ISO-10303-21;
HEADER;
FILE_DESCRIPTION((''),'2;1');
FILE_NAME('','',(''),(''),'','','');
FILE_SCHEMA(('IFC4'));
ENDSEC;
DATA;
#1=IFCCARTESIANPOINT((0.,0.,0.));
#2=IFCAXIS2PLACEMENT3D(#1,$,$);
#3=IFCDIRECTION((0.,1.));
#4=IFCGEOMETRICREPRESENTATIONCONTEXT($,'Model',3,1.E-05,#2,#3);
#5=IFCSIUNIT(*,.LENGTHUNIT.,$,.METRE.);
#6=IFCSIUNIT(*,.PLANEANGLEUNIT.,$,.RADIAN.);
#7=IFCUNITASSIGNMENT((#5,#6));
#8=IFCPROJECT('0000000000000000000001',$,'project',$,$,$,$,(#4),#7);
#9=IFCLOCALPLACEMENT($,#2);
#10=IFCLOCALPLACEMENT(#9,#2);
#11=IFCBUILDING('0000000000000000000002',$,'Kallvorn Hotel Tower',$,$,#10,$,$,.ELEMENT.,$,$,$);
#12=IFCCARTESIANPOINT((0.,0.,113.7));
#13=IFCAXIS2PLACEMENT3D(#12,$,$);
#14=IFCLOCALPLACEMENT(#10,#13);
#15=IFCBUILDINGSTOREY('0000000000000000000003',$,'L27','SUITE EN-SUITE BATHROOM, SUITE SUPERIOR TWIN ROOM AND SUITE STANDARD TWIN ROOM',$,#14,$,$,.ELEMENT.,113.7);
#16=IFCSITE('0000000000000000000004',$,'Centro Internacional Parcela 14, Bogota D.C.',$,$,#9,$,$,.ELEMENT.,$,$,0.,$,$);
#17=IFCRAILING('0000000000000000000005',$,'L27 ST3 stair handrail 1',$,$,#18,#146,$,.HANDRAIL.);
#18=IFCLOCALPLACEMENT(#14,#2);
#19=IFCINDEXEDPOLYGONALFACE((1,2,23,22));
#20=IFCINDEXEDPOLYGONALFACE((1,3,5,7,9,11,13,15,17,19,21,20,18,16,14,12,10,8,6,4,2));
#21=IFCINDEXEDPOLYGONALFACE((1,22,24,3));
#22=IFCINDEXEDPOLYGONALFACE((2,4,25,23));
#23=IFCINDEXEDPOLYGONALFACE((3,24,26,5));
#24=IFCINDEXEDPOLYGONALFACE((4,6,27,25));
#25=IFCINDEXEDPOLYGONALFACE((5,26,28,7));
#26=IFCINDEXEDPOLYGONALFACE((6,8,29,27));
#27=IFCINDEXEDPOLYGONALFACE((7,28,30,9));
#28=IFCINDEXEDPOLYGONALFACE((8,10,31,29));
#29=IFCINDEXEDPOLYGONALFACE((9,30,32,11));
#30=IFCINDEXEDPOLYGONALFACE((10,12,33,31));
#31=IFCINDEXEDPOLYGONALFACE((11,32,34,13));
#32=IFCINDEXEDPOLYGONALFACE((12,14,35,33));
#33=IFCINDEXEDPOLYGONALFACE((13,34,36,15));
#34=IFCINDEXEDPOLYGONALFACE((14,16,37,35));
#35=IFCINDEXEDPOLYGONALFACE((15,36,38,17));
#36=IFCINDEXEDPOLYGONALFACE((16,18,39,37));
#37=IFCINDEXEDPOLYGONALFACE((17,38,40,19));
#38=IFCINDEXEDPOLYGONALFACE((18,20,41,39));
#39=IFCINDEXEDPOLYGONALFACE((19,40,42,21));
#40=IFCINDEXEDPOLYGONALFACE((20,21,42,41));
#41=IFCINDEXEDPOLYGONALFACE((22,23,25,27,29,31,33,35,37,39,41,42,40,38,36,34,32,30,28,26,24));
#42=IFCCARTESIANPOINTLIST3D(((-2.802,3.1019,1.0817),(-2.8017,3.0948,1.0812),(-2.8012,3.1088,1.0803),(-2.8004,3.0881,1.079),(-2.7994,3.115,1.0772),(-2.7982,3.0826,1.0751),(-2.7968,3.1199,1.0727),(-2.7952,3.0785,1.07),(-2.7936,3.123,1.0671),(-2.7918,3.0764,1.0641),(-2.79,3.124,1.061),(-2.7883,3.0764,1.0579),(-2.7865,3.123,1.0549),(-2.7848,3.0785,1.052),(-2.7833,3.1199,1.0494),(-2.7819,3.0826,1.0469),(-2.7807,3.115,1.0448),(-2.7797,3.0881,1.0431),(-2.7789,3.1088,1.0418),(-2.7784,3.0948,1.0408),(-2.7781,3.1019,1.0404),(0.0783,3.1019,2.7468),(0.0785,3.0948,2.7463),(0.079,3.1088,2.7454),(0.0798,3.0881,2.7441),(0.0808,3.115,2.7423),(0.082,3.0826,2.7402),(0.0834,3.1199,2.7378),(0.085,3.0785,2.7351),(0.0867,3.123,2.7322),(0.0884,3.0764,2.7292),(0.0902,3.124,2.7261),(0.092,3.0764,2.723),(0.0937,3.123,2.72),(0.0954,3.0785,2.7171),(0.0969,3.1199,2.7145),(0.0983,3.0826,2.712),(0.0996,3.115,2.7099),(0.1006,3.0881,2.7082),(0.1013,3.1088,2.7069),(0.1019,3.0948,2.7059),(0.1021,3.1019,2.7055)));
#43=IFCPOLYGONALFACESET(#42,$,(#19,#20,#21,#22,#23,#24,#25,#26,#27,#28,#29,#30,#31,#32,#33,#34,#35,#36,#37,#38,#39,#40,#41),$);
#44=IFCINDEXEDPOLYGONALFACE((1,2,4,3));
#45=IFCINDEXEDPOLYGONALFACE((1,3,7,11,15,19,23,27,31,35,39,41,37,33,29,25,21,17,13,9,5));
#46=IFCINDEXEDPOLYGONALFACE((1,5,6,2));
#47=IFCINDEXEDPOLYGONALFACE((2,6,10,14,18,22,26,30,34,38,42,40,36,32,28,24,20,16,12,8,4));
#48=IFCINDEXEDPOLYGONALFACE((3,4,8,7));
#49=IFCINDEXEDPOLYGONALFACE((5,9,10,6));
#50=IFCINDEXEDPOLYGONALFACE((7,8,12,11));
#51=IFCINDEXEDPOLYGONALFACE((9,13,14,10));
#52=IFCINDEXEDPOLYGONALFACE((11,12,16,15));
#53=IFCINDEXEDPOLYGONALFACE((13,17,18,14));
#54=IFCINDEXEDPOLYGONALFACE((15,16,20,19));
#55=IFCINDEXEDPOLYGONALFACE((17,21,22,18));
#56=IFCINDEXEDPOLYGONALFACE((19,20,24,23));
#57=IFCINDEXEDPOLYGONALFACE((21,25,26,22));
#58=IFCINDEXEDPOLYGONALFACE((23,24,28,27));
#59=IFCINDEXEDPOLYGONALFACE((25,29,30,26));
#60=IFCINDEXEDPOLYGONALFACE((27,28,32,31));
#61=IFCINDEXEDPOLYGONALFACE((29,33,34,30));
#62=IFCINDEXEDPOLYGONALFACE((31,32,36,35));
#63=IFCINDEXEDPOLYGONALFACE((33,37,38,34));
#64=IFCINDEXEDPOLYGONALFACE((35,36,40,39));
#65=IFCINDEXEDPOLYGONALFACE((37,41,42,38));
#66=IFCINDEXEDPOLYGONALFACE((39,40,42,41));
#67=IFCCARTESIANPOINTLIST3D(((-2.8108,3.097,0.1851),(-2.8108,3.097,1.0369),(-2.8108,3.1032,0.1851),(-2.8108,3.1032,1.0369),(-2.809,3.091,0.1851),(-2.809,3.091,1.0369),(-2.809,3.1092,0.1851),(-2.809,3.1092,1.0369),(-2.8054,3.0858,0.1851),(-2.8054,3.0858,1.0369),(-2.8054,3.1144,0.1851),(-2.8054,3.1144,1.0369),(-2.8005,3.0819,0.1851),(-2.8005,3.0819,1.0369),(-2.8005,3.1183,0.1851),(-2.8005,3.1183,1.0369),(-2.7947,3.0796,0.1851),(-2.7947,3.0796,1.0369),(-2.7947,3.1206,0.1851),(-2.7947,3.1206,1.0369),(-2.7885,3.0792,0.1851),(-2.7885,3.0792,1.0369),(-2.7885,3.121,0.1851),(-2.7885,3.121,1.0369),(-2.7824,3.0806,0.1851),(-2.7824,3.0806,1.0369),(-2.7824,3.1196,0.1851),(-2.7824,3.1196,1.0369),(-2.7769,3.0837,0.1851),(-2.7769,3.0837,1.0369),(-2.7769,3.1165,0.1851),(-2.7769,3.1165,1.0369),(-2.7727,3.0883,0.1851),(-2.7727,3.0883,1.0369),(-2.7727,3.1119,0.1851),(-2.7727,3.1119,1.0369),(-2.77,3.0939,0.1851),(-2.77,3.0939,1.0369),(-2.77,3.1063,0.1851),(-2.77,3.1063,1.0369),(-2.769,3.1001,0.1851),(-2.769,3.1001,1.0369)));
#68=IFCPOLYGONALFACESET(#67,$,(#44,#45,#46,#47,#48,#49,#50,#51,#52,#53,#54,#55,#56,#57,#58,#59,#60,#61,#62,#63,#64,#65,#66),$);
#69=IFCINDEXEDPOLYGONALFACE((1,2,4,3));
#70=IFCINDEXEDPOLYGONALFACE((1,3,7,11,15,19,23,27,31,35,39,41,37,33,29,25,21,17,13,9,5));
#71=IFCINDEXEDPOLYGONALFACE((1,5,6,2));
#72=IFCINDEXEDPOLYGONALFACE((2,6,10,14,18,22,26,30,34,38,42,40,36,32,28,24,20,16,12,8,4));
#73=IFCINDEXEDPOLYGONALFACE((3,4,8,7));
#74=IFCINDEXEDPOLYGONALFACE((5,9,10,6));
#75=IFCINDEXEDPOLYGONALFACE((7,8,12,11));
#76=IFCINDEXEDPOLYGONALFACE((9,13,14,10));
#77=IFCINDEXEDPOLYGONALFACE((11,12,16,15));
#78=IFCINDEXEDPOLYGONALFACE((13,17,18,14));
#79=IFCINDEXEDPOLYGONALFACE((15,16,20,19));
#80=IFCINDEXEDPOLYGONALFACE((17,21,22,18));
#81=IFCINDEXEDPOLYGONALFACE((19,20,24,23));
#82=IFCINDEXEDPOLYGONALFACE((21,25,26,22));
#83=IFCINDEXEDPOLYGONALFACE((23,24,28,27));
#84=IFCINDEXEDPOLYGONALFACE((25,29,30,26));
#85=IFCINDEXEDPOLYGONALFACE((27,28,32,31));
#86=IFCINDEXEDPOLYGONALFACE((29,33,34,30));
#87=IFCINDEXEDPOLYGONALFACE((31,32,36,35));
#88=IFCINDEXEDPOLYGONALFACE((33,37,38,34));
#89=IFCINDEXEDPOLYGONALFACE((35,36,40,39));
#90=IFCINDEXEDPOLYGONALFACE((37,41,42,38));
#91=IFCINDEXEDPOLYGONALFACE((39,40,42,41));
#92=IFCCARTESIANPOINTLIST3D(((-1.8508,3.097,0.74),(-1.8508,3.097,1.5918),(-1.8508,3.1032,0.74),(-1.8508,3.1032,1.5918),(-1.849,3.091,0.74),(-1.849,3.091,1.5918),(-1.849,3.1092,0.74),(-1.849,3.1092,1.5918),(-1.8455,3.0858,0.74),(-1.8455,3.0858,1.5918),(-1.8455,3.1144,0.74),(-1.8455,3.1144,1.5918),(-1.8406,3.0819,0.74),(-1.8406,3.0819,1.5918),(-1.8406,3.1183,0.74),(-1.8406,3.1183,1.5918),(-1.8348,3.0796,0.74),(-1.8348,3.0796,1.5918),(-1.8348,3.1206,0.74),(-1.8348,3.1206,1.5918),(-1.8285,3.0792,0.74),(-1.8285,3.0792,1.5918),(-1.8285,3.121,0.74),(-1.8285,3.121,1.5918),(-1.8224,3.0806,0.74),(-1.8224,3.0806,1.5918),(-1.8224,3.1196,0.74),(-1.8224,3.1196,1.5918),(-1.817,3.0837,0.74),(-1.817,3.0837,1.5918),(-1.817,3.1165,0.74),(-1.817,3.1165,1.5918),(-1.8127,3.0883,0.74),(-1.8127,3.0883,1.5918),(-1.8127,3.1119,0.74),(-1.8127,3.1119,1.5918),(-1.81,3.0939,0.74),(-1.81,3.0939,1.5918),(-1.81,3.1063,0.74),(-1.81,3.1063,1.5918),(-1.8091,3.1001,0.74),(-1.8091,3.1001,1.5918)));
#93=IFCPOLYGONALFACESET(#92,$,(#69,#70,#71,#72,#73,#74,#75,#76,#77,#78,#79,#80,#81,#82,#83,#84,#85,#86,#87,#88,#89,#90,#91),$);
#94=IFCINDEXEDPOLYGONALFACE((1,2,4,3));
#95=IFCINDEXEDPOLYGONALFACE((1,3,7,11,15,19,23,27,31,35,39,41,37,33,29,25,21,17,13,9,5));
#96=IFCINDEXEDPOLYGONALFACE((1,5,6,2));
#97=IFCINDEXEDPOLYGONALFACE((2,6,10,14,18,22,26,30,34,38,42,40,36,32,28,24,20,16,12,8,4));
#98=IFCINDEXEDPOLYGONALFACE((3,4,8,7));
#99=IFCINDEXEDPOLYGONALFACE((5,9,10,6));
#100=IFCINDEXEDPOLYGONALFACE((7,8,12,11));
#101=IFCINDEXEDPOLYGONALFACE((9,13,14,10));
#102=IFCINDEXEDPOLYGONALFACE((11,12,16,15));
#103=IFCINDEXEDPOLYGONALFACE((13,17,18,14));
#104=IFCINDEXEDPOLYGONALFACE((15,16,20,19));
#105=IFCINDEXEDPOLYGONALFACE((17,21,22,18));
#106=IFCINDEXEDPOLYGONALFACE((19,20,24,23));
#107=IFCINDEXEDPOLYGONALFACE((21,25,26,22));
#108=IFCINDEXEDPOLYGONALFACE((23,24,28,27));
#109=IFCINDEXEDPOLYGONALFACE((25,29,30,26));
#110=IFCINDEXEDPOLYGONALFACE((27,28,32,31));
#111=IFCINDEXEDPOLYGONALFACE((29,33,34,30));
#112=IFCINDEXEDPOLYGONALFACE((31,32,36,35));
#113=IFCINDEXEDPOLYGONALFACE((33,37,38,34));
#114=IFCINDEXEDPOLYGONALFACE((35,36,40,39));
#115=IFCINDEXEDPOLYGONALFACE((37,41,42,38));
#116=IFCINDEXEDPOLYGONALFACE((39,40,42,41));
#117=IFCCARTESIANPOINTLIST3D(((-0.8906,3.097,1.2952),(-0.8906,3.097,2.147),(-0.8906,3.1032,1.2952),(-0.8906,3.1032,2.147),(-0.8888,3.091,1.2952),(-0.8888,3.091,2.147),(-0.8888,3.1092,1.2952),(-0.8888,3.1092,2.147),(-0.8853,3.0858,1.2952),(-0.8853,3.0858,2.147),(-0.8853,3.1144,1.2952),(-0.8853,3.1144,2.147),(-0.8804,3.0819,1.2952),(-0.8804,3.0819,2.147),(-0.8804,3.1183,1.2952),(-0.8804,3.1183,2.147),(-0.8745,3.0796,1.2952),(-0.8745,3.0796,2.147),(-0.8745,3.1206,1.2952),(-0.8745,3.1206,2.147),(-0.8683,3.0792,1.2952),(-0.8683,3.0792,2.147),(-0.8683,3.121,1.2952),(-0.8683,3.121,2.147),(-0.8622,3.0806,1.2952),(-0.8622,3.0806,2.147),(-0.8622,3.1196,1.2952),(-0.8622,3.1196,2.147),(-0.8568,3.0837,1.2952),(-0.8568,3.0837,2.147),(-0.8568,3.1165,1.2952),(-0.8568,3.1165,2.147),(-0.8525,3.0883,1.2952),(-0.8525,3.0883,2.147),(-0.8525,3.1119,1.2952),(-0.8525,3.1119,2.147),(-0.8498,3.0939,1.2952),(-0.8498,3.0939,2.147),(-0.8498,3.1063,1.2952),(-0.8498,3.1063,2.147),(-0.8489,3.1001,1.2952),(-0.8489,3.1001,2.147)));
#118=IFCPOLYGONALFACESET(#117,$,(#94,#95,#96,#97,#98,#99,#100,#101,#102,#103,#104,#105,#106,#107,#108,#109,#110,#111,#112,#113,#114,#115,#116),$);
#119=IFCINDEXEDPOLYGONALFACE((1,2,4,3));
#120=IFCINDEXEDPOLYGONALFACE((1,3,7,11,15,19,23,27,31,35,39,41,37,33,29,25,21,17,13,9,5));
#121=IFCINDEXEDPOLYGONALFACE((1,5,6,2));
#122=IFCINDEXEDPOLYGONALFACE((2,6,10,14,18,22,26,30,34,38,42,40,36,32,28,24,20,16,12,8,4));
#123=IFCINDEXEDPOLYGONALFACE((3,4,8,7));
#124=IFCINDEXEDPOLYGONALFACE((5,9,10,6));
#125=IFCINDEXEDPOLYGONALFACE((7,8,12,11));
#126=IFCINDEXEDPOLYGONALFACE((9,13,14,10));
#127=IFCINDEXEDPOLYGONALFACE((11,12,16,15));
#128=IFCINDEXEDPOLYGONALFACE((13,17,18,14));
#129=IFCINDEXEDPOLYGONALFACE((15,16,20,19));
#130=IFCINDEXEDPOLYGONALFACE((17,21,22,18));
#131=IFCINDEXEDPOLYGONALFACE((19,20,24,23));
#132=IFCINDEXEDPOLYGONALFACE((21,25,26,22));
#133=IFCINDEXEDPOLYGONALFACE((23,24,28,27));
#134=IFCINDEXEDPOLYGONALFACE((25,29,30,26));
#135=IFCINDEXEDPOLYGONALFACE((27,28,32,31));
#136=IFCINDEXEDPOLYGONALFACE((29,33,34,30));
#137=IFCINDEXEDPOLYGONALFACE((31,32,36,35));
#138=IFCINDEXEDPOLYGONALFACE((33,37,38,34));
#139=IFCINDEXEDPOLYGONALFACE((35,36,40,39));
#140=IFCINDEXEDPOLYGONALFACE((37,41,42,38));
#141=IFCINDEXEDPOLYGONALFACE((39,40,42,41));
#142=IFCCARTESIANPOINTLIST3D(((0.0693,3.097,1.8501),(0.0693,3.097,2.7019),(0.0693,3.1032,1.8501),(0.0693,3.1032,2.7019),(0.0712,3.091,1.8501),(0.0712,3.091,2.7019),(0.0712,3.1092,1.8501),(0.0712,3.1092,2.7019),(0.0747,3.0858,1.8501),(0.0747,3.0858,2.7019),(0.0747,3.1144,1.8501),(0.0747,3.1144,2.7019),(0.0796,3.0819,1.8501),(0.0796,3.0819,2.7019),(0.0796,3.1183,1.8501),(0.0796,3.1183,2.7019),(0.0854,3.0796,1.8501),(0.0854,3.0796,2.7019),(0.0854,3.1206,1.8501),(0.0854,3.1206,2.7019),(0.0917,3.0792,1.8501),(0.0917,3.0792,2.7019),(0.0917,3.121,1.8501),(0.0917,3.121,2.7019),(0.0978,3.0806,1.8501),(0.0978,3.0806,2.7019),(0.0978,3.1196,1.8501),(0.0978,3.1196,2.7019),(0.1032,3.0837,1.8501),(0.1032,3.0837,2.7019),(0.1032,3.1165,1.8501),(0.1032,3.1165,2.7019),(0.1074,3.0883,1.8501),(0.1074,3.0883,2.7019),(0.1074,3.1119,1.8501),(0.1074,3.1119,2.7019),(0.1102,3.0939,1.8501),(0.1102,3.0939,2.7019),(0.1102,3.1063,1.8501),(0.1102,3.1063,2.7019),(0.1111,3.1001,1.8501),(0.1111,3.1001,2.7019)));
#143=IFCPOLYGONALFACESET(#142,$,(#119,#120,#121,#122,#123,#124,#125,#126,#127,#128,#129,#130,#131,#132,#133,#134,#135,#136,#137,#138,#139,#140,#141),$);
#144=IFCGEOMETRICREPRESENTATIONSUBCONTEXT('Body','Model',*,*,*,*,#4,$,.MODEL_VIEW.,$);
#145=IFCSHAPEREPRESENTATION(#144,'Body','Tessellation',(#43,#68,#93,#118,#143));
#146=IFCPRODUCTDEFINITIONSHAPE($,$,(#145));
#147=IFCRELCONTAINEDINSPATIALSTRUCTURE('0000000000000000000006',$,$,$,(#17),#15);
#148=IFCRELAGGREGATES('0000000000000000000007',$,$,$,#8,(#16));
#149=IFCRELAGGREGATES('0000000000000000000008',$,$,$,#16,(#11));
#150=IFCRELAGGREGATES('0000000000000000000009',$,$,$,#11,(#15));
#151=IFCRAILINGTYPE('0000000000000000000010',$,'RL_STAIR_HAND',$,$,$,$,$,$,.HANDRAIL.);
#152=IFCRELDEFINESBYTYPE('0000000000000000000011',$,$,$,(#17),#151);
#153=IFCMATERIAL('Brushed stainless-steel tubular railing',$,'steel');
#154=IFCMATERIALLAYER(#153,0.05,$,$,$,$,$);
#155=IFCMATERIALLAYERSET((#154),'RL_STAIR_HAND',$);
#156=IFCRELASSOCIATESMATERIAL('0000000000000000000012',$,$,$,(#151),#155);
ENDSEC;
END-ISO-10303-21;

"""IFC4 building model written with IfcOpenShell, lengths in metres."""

from ifc_helpers import new_model, si_unit, direction, frame, origin, origin_2d, place, context, subcontext, project, spatial, circle, extrude, material, layer, layer_set, type_object, element, save


model = new_model("IFC4")

# Units and contexts
model_context = context("Model", 3, precision=1e-05, world=origin(), true_north=direction((0.0, 1.0)))
body_context = subcontext(model_context, "Body", "Model", "MODEL_VIEW")
ifc_project = project(units=[si_unit("LENGTHUNIT", "METRE"), si_unit("PLANEANGLEUNIT", "RADIAN")], contexts=[model_context])

# Site, building, storey
site_placement = place(None, origin())
site = spatial("IfcSite", under=ifc_project, at=site_placement, Name="Centro Internacional Parcela 14, Bogota D.C.", CompositionType="ELEMENT", RefElevation=0.0)
building_placement = place(site_placement, origin())
building = spatial("IfcBuilding", under=site, at=building_placement, Name="Kallvorn Hotel Tower", CompositionType="ELEMENT")
storey_placement = place(building_placement, frame((0.0, 0.0, 113.7)))
storey = spatial("IfcBuildingStorey", under=building, at=storey_placement, Name="L27", Description="SUITE EN-SUITE BATHROOM, SUITE SUPERIOR TWIN ROOM AND SUITE STANDARD TWIN ROOM", CompositionType="ELEMENT", Elevation=113.7)

# Railing
ifc_material_1 = material(Name="Brushed stainless-steel tubular railing", Category="steel")
ifc_layer_1 = layer(ifc_material_1, 0.05)
ifc_layer_set_1 = layer_set([ifc_layer_1], Name="RL_STAIR_HAND")
railing_type_1 = type_object("IfcRailingType", Name="RL_STAIR_HAND", PredefinedType="HANDRAIL", material=ifc_layer_set_1)
railing_1_placement = place(storey_placement, frame((-2.79, 3.1001, 0.1851)))
element("IfcRailing", 1, at=railing_1_placement, inside=storey, type_object=railing_type_1, Name="L27 ST3 stair handrail 1", PredefinedType="HANDRAIL", context=body_context, shape_type="SweptSolid", body=[
    extrude(circle(Radius=0.0239, at=origin_2d()), frame((0.0, 0.0, 0.876), z_axis=(0.865739, 0.0, 0.500495), x_axis=(0.0, 1.0, 0.0)), (0.0, 0.0, 1.0), 3.3269),
    extrude(circle(Radius=0.021, at=origin_2d()), origin(), (0.0, 0.0, 1.0), 0.8518),
    extrude(circle(Radius=0.021, at=origin_2d()), frame((0.96, 0.0, 0.5549)), (0.0, 0.0, 1.0), 0.8518),
    extrude(circle(Radius=0.021, at=origin_2d()), frame((1.9202, 0.0, 1.1101)), (0.0, 0.0, 1.0), 0.8518),
    extrude(circle(Radius=0.021, at=origin_2d()), frame((2.8801, 0.0, 1.665)), (0.0, 0.0, 1.0), 0.8518),
])

save(model, "model.ifc")
